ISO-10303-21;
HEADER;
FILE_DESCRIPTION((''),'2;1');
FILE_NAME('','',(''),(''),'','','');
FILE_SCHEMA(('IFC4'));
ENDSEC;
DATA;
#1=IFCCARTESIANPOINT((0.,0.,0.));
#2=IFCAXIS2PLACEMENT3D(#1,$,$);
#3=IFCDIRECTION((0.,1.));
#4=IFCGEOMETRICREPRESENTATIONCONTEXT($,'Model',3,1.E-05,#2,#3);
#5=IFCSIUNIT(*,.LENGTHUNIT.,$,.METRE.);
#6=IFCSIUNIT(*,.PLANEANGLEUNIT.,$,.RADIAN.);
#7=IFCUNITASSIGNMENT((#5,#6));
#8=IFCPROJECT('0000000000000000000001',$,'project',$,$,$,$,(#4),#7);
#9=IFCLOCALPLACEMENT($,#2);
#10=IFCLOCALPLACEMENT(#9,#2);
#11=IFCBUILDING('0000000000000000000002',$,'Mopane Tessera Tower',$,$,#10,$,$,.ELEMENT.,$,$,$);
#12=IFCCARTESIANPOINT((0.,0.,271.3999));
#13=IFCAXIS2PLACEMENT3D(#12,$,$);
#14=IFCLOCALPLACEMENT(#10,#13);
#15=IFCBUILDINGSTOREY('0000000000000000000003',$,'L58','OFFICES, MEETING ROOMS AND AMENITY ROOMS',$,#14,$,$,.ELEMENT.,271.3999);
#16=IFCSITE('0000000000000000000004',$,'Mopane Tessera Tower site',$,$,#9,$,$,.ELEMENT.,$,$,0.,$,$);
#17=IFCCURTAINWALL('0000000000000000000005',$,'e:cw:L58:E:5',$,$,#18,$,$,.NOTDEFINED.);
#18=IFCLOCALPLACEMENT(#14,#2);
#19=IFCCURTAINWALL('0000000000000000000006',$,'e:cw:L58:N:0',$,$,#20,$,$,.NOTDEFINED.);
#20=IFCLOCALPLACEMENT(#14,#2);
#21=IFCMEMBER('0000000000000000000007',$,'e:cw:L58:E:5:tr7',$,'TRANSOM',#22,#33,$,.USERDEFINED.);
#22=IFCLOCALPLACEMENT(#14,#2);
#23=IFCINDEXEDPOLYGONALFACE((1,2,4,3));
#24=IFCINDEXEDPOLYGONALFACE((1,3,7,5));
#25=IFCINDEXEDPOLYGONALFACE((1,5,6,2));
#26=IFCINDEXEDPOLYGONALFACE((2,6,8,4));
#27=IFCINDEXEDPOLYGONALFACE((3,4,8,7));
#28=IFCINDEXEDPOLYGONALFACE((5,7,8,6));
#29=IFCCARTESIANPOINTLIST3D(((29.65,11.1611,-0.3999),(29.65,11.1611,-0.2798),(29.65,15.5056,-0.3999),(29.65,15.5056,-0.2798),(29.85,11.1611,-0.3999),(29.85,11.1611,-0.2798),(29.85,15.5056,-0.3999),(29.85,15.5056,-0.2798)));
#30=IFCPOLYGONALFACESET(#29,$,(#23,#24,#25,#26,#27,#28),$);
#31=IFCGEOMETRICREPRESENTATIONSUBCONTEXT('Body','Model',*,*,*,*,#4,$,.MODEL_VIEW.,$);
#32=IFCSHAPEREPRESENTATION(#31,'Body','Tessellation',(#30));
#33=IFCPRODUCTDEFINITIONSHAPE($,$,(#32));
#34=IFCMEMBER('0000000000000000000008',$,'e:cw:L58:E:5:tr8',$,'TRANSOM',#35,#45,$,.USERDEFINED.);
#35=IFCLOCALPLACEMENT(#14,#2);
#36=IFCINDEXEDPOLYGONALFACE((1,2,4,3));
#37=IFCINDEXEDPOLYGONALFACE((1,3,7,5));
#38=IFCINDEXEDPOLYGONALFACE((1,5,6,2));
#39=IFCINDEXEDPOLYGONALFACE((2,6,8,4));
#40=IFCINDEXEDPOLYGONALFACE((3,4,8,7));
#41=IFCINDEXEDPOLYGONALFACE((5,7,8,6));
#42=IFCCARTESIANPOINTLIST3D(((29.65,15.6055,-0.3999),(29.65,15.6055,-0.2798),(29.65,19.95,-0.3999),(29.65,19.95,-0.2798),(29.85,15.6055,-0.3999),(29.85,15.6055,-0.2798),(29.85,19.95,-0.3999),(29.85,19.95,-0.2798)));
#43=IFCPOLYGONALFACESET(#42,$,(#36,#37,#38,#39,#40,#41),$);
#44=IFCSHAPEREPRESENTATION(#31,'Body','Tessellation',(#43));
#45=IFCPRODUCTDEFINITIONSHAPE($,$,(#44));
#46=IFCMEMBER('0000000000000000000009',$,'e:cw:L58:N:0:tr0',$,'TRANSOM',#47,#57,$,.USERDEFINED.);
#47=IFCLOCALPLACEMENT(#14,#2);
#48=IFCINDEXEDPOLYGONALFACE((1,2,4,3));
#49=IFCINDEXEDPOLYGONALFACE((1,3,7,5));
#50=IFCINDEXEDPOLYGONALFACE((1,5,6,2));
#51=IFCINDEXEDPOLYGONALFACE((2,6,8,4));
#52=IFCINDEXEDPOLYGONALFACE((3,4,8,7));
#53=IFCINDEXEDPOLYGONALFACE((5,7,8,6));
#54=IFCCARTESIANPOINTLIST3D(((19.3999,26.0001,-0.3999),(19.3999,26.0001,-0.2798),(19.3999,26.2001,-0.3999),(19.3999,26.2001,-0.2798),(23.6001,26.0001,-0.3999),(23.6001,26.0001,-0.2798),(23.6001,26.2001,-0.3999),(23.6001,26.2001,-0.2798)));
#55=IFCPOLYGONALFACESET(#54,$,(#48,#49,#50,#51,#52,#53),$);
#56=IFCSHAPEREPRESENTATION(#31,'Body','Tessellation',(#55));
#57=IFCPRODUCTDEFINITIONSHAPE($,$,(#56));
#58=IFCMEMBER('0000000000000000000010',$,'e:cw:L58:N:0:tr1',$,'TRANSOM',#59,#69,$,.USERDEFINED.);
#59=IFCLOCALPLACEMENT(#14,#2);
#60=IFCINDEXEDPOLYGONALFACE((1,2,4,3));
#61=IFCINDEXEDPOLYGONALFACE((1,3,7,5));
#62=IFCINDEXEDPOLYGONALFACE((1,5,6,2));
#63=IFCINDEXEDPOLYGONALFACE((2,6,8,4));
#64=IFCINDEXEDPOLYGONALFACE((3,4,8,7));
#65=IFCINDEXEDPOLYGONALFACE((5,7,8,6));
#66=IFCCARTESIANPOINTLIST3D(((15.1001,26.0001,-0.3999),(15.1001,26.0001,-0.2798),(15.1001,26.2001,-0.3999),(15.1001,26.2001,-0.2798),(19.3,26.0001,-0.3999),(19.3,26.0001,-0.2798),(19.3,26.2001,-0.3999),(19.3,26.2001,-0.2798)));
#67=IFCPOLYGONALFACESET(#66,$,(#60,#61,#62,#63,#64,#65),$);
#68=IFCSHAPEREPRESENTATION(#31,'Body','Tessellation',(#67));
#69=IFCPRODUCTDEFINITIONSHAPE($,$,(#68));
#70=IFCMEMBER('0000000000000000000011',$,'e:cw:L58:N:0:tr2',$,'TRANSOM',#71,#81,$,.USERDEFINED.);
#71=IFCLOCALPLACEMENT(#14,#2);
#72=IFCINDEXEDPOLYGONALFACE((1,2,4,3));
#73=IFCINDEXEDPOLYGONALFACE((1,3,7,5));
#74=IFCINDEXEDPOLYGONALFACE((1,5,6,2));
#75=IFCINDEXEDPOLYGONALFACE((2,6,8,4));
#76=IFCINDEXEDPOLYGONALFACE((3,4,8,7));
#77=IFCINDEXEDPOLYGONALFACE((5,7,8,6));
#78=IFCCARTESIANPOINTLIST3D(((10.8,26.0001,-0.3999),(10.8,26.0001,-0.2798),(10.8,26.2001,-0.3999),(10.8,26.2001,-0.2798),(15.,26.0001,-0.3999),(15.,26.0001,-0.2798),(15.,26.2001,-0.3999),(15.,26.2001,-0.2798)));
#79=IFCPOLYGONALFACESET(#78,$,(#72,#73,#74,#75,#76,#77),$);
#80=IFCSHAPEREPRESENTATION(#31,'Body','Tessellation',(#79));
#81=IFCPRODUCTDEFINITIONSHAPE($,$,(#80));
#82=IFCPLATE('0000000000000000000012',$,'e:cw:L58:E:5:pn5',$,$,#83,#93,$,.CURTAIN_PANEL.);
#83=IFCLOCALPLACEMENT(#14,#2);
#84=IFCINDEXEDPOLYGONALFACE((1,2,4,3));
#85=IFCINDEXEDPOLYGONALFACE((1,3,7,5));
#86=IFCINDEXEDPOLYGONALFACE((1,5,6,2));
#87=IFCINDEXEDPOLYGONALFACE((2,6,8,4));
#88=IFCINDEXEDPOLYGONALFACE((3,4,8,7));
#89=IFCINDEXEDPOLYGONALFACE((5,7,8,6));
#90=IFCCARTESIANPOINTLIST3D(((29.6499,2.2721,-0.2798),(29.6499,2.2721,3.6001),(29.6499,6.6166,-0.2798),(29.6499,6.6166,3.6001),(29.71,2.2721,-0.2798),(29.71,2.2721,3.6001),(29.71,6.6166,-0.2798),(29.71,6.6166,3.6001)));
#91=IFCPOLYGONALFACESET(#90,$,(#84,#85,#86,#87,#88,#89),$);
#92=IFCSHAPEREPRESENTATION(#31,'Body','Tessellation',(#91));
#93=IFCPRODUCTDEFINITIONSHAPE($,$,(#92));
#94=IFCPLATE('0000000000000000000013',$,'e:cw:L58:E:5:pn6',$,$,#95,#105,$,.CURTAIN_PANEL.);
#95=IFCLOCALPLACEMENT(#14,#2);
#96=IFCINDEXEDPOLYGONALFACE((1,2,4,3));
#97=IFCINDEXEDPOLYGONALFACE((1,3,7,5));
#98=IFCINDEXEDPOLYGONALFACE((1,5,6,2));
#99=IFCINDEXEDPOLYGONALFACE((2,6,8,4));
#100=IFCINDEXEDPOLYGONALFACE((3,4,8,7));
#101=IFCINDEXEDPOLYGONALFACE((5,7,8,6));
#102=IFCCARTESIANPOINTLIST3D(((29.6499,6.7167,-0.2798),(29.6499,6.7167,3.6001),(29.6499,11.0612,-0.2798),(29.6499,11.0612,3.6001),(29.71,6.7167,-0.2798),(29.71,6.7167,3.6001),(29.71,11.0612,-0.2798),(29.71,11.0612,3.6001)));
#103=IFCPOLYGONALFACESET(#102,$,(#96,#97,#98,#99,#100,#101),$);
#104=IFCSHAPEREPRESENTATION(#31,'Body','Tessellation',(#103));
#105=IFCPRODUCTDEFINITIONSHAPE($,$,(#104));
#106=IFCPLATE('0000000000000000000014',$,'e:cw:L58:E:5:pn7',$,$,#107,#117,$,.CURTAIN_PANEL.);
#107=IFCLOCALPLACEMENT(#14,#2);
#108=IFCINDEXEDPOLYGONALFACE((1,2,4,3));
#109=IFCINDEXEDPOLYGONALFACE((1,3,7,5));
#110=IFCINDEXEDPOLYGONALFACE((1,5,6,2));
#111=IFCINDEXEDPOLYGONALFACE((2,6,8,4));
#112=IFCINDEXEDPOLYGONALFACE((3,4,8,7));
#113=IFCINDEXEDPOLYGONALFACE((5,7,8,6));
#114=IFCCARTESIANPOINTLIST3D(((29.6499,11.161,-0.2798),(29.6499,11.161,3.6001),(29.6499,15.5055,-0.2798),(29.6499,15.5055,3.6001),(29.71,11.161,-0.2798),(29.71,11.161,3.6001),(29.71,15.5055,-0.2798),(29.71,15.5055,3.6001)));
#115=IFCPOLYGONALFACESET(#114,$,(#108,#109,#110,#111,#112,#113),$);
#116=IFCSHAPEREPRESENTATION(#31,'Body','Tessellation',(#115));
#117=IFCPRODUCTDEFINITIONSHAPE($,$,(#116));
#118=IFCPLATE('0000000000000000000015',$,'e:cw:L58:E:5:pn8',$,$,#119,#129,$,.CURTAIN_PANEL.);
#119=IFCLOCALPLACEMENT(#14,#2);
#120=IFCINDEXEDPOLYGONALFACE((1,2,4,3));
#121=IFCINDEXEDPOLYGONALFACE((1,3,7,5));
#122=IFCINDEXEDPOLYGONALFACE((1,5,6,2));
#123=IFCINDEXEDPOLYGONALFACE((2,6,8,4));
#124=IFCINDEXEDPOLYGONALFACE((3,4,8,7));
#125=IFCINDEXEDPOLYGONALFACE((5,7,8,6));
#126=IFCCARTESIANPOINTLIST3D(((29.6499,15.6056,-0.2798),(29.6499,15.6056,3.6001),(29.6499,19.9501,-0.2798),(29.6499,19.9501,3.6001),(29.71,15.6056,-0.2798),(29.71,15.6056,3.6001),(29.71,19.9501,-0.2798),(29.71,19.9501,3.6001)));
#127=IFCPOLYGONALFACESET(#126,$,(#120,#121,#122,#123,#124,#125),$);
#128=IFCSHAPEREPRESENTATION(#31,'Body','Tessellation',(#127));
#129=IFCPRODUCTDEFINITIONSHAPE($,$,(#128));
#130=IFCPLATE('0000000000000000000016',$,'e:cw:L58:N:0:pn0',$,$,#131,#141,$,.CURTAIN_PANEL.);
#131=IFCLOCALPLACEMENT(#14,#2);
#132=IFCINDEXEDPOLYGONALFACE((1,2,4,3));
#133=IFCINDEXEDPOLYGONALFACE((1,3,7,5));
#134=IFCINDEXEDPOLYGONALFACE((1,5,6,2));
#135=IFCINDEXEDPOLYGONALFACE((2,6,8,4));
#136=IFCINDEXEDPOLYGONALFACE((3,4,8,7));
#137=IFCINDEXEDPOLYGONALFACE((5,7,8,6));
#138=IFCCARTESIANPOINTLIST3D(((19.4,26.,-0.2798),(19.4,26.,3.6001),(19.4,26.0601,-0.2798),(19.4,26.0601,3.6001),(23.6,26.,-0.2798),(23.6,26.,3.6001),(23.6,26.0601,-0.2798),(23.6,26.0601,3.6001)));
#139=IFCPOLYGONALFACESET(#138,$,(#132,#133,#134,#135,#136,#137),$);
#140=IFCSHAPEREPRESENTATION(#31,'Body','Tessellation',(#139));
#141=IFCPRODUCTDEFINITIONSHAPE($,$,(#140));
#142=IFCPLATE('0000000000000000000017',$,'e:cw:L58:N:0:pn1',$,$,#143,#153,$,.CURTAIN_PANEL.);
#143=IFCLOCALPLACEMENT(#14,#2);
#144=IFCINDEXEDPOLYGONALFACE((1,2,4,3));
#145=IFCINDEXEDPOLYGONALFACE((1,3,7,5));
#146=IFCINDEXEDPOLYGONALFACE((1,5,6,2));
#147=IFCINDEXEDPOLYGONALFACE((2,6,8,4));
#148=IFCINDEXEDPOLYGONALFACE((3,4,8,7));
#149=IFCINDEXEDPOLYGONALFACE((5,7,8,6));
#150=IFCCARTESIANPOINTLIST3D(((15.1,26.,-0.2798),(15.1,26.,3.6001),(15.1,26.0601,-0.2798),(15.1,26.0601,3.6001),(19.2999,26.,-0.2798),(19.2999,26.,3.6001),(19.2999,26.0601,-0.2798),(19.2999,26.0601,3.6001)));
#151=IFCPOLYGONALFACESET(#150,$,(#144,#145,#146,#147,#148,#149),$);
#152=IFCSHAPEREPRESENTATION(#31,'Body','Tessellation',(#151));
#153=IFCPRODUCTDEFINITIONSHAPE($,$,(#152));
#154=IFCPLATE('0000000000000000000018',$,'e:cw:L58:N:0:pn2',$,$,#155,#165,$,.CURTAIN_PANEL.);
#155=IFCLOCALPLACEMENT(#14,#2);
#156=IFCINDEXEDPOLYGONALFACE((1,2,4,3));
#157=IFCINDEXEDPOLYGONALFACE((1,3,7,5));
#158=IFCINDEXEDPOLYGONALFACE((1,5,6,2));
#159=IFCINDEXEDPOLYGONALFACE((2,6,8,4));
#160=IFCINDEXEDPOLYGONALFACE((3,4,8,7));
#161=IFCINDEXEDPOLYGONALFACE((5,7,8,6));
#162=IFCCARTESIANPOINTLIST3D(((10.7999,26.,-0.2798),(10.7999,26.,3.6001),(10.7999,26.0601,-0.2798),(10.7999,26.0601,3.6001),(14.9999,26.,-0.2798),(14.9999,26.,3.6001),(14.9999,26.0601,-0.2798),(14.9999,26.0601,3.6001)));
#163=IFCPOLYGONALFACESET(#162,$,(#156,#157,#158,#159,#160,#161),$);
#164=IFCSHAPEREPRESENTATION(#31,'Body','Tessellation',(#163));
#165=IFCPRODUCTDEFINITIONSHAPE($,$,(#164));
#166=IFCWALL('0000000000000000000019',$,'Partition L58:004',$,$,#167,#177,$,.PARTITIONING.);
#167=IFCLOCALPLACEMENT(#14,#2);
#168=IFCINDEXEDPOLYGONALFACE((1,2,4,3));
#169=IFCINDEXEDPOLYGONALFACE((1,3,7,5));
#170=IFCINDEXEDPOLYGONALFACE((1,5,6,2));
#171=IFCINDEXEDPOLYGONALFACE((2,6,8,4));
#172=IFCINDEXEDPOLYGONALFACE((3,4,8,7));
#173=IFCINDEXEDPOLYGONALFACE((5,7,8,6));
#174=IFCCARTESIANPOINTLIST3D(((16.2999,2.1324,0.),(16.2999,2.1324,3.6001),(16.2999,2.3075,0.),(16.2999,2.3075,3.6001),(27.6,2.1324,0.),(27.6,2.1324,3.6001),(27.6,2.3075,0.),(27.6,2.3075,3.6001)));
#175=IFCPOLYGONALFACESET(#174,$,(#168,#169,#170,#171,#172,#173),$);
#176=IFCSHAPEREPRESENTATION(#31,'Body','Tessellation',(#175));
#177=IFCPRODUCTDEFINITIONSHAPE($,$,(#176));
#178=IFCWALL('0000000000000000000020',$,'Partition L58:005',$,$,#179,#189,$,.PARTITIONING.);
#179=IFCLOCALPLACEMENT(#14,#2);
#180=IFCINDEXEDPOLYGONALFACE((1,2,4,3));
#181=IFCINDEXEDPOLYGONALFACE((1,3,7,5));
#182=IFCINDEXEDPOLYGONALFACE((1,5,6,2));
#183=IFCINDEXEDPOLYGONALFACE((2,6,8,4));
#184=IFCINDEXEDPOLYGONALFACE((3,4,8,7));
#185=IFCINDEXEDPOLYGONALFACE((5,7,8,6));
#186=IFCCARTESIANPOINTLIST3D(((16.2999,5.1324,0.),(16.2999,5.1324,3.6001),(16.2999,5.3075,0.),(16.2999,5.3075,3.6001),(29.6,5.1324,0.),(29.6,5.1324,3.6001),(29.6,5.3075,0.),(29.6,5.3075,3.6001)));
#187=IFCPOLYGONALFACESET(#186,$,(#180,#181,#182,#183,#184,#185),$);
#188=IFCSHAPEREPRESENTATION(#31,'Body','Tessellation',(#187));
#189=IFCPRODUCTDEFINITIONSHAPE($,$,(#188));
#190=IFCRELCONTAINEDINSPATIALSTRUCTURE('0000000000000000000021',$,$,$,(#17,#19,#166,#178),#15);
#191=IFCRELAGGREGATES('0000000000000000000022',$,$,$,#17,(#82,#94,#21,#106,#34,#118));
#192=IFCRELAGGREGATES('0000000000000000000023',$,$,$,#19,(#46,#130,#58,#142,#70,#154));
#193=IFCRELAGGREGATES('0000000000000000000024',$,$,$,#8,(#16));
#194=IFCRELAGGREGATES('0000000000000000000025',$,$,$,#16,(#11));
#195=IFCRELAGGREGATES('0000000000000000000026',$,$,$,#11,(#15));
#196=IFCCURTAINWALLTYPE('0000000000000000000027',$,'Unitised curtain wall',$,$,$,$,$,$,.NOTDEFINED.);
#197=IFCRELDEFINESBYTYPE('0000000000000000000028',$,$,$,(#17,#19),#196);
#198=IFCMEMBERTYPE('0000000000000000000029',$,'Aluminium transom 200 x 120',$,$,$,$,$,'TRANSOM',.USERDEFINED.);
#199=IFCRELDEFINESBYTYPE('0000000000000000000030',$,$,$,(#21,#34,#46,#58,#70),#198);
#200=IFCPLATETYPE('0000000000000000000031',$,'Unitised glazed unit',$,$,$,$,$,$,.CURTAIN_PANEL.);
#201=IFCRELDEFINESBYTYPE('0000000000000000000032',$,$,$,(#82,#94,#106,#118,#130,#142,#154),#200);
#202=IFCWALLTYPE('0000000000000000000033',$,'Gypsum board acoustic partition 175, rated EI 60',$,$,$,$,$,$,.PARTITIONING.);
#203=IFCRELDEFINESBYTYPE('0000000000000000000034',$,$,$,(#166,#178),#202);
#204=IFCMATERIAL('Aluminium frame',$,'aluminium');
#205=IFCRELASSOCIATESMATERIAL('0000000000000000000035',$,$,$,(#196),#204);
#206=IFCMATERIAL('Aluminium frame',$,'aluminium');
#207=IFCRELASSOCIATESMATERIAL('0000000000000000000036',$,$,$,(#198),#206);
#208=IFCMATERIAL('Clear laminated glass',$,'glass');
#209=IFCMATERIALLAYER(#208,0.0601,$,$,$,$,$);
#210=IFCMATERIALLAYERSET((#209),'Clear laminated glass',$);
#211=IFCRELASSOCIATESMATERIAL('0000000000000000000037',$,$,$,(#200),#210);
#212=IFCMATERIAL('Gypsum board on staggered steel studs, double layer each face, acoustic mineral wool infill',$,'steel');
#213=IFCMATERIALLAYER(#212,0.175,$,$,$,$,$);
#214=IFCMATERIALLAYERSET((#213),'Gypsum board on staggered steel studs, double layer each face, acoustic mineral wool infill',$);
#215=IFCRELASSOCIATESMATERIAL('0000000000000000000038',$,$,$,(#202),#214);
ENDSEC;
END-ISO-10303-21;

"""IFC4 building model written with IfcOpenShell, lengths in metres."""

from ifc_helpers import new_model, si_unit, direction, frame, frame_2d, origin, origin_2d, place, context, subcontext, project, spatial, rectangle, extrude, material, layer, layer_set, material_profile, profile_set, type_object, element, aggregate, save


model = new_model("IFC4")

# Units and contexts
model_context = context("Model", 3, precision=1e-05, world=origin(), true_north=direction((0.0, 1.0)))
body_context = subcontext(model_context, "Body", "Model", "MODEL_VIEW")
ifc_project = project(units=[si_unit("LENGTHUNIT", "METRE"), si_unit("PLANEANGLEUNIT", "RADIAN")], contexts=[model_context])

# Site, building, storey
site_placement = place(None, origin())
site = spatial("IfcSite", under=ifc_project, at=site_placement, Name="Mopane Tessera Tower site", CompositionType="ELEMENT", RefElevation=0.0)
building_placement = place(site_placement, origin())
building = spatial("IfcBuilding", under=site, at=building_placement, Name="Mopane Tessera Tower", CompositionType="ELEMENT")
storey_placement = place(building_placement, frame((0.0, 0.0, 271.3999)))
storey = spatial("IfcBuildingStorey", under=building, at=storey_placement, Name="L58", Description="OFFICES, MEETING ROOMS AND AMENITY ROOMS", CompositionType="ELEMENT", Elevation=271.3999)

# Curtain walls
ifc_material_1 = material(Name="Aluminium frame", Category="aluminium")
curtain_wall_type = type_object("IfcCurtainWallType", Name="Unitised curtain wall", PredefinedType="NOTDEFINED", material=ifc_material_1)
curtain_wall_1_placement = place(storey_placement, origin())
curtain_wall_1 = element("IfcCurtainWall", 1, at=curtain_wall_1_placement, inside=storey, type_object=curtain_wall_type, Name="e:cw:L58:E:5", PredefinedType="NOTDEFINED")
curtain_wall_2_placement = place(storey_placement, origin())
curtain_wall_2 = element("IfcCurtainWall", 2, at=curtain_wall_2_placement, inside=storey, type_object=curtain_wall_type, Name="e:cw:L58:N:0", PredefinedType="NOTDEFINED")

# Members
ifc_material_2 = material(Name="Aluminium frame", Category="aluminium")
ifc_material_profile_1 = material_profile(ifc_material_2, rectangle(XDim=0.2, YDim=0.1201, at=origin_2d()))
ifc_profile_set_1 = profile_set([ifc_material_profile_1], Name="Aluminium frame")
member_type_1 = type_object("IfcMemberType", Name="Aluminium transom 200 x 120", ElementType="TRANSOM", PredefinedType="USERDEFINED", material=ifc_profile_set_1)
member_1_placement = place(storey_placement, frame((29.75, 11.1611, -0.3398), z_axis=(0.0, 1.0, 0.0), x_axis=(-1.0, 0.0, 0.0)))
member_1 = element("IfcMember", 3, at=member_1_placement, type_object=member_type_1, Name="e:cw:L58:E:5:tr7", ObjectType="TRANSOM", PredefinedType="USERDEFINED", context=body_context, shape_type="SweptSolid", body=[
    extrude(rectangle(XDim=0.2, YDim=0.1201, at=origin_2d()), origin(), (0.0, 0.0, 1.0), 4.3445),
])
member_2_placement = place(storey_placement, frame((29.75, 15.6055, -0.3398), z_axis=(0.0, 1.0, 0.0), x_axis=(-1.0, 0.0, 0.0)))
member_2 = element("IfcMember", 4, at=member_2_placement, type_object=member_type_1, Name="e:cw:L58:E:5:tr8", ObjectType="TRANSOM", PredefinedType="USERDEFINED", context=body_context, shape_type="SweptSolid", body=[
    extrude(rectangle(XDim=0.2, YDim=0.1201, at=origin_2d()), origin(), (0.0, 0.0, 1.0), 4.3445),
])
member_3_placement = place(storey_placement, frame((23.6001, 26.1001, -0.3398), z_axis=(-1.0, 0.0, 0.0), x_axis=(0.0, -1.0, 0.0)))
member_3 = element("IfcMember", 5, at=member_3_placement, type_object=member_type_1, Name="e:cw:L58:N:0:tr0", ObjectType="TRANSOM", PredefinedType="USERDEFINED", context=body_context, shape_type="SweptSolid", body=[
    extrude(rectangle(XDim=0.2, YDim=0.1201, at=origin_2d()), origin(), (0.0, 0.0, 1.0), 4.2002),
])
member_4_placement = place(storey_placement, frame((19.3, 26.1001, -0.3398), z_axis=(-1.0, 0.0, 0.0), x_axis=(0.0, -1.0, 0.0)))
member_4 = element("IfcMember", 6, at=member_4_placement, type_object=member_type_1, Name="e:cw:L58:N:0:tr1", ObjectType="TRANSOM", PredefinedType="USERDEFINED", context=body_context, shape_type="SweptSolid", body=[
    extrude(rectangle(XDim=0.2, YDim=0.1201, at=origin_2d()), origin(), (0.0, 0.0, 1.0), 4.2),
])
member_5_placement = place(storey_placement, frame((15.0, 26.1001, -0.3398), z_axis=(-1.0, 0.0, 0.0), x_axis=(0.0, -1.0, 0.0)))
member_5 = element("IfcMember", 7, at=member_5_placement, type_object=member_type_1, Name="e:cw:L58:N:0:tr2", ObjectType="TRANSOM", PredefinedType="USERDEFINED", context=body_context, shape_type="SweptSolid", body=[
    extrude(rectangle(XDim=0.2, YDim=0.1201, at=origin_2d()), origin(), (0.0, 0.0, 1.0), 4.2),
])

# Plates
ifc_material_3 = material(Name="Clear laminated glass", Category="glass")
ifc_layer_1 = layer(ifc_material_3, 0.0601)
ifc_layer_set_1 = layer_set([ifc_layer_1], Name="Clear laminated glass")
plate_type = type_object("IfcPlateType", Name="Unitised glazed unit", PredefinedType="CURTAIN_PANEL", material=ifc_layer_set_1)
plate_1_placement = place(storey_placement, frame((29.6799, 4.4443, -0.2798), z_axis=(0.0, 0.0, 1.0), x_axis=(0.0, 1.0, 0.0)))
plate_1 = element("IfcPlate", 8, at=plate_1_placement, type_object=plate_type, Name="e:cw:L58:E:5:pn5", PredefinedType="CURTAIN_PANEL", context=body_context, shape_type="SweptSolid", body=[
    extrude(rectangle(XDim=4.3445, YDim=0.0601, at=origin_2d()), origin(), (0.0, 0.0, 1.0), 3.8799),
])
plate_2_placement = place(storey_placement, frame((29.6799, 8.8889, -0.2798), z_axis=(0.0, 0.0, 1.0), x_axis=(0.0, 1.0, 0.0)))
plate_2 = element("IfcPlate", 9, at=plate_2_placement, type_object=plate_type, Name="e:cw:L58:E:5:pn6", PredefinedType="CURTAIN_PANEL", context=body_context, shape_type="SweptSolid", body=[
    extrude(rectangle(XDim=4.3445, YDim=0.0601, at=origin_2d()), origin(), (0.0, 0.0, 1.0), 3.8799),
])
plate_3_placement = place(storey_placement, frame((29.6799, 13.3333, -0.2798), z_axis=(0.0, 0.0, 1.0), x_axis=(0.0, 1.0, 0.0)))
plate_3 = element("IfcPlate", 10, at=plate_3_placement, type_object=plate_type, Name="e:cw:L58:E:5:pn7", PredefinedType="CURTAIN_PANEL", context=body_context, shape_type="SweptSolid", body=[
    extrude(rectangle(XDim=4.3445, YDim=0.0601, at=origin_2d()), origin(), (0.0, 0.0, 1.0), 3.8799),
])
plate_4_placement = place(storey_placement, frame((29.6799, 17.7778, -0.2798), z_axis=(0.0, 0.0, 1.0), x_axis=(0.0, 1.0, 0.0)))
plate_4 = element("IfcPlate", 11, at=plate_4_placement, type_object=plate_type, Name="e:cw:L58:E:5:pn8", PredefinedType="CURTAIN_PANEL", context=body_context, shape_type="SweptSolid", body=[
    extrude(rectangle(XDim=4.3445, YDim=0.0601, at=origin_2d()), origin(), (0.0, 0.0, 1.0), 3.8799),
])
aggregate(curtain_wall_1, [plate_1, plate_2, member_1, plate_3, member_2, plate_4])
plate_5_placement = place(storey_placement, frame((21.5, 26.03, -0.2798), z_axis=(0.0, 0.0, 1.0), x_axis=(-1.0, 0.0, 0.0)))
plate_5 = element("IfcPlate", 12, at=plate_5_placement, type_object=plate_type, Name="e:cw:L58:N:0:pn0", PredefinedType="CURTAIN_PANEL", context=body_context, shape_type="SweptSolid", body=[
    extrude(rectangle(XDim=4.2, YDim=0.0601, at=origin_2d()), origin(), (0.0, 0.0, 1.0), 3.8799),
])
plate_6_placement = place(storey_placement, frame((17.2, 26.03, -0.2798), z_axis=(0.0, 0.0, 1.0), x_axis=(-1.0, 0.0, 0.0)))
plate_6 = element("IfcPlate", 13, at=plate_6_placement, type_object=plate_type, Name="e:cw:L58:N:0:pn1", PredefinedType="CURTAIN_PANEL", context=body_context, shape_type="SweptSolid", body=[
    extrude(rectangle(XDim=4.2, YDim=0.0601, at=origin_2d()), origin(), (0.0, 0.0, 1.0), 3.8799),
])
plate_7_placement = place(storey_placement, frame((12.8999, 26.03, -0.2798), z_axis=(0.0, 0.0, 1.0), x_axis=(-1.0, 0.0, 0.0)))
plate_7 = element("IfcPlate", 14, at=plate_7_placement, type_object=plate_type, Name="e:cw:L58:N:0:pn2", PredefinedType="CURTAIN_PANEL", context=body_context, shape_type="SweptSolid", body=[
    extrude(rectangle(XDim=4.2, YDim=0.0601, at=origin_2d()), origin(), (0.0, 0.0, 1.0), 3.8799),
])
aggregate(curtain_wall_2, [member_3, plate_5, member_4, plate_6, member_5, plate_7])

# Walls
ifc_material_4 = material(Name="Gypsum board on staggered steel studs, double layer each face, acoustic mineral wool infill", Category="steel")
ifc_layer_2 = layer(ifc_material_4, 0.175)
ifc_layer_set_2 = layer_set([ifc_layer_2], Name="Gypsum board on staggered steel studs, double layer each face, acoustic mineral wool infill")
wall_type_1 = type_object("IfcWallType", Name="Gypsum board acoustic partition 175, rated EI 60", PredefinedType="PARTITIONING", material=ifc_layer_set_2)
wall_1_placement = place(storey_placement, frame((16.3, 2.22, 0.0), z_axis=(0.0, 0.0, 1.0), x_axis=(1.0, 0.0, 0.0)))
element("IfcWall", 15, at=wall_1_placement, inside=storey, type_object=wall_type_1, Name="Partition L58:004", PredefinedType="PARTITIONING", context=body_context, shape_type="SweptSolid", body=[
    extrude(rectangle(XDim=11.3, YDim=0.175, at=frame_2d((5.6499, 0.0))), origin(), (0.0, 0.0, 1.0), 3.6001),
])
wall_2_placement = place(storey_placement, frame((16.3, 5.22, 0.0), z_axis=(0.0, 0.0, 1.0), x_axis=(1.0, 0.0, 0.0)))
element("IfcWall", 16, at=wall_2_placement, inside=storey, type_object=wall_type_1, Name="Partition L58:005", PredefinedType="PARTITIONING", context=body_context, shape_type="SweptSolid", body=[
    extrude(rectangle(XDim=13.3, YDim=0.175, at=frame_2d((6.6499, 0.0))), origin(), (0.0, 0.0, 1.0), 3.6001),
])

save(model, "model.ifc")
